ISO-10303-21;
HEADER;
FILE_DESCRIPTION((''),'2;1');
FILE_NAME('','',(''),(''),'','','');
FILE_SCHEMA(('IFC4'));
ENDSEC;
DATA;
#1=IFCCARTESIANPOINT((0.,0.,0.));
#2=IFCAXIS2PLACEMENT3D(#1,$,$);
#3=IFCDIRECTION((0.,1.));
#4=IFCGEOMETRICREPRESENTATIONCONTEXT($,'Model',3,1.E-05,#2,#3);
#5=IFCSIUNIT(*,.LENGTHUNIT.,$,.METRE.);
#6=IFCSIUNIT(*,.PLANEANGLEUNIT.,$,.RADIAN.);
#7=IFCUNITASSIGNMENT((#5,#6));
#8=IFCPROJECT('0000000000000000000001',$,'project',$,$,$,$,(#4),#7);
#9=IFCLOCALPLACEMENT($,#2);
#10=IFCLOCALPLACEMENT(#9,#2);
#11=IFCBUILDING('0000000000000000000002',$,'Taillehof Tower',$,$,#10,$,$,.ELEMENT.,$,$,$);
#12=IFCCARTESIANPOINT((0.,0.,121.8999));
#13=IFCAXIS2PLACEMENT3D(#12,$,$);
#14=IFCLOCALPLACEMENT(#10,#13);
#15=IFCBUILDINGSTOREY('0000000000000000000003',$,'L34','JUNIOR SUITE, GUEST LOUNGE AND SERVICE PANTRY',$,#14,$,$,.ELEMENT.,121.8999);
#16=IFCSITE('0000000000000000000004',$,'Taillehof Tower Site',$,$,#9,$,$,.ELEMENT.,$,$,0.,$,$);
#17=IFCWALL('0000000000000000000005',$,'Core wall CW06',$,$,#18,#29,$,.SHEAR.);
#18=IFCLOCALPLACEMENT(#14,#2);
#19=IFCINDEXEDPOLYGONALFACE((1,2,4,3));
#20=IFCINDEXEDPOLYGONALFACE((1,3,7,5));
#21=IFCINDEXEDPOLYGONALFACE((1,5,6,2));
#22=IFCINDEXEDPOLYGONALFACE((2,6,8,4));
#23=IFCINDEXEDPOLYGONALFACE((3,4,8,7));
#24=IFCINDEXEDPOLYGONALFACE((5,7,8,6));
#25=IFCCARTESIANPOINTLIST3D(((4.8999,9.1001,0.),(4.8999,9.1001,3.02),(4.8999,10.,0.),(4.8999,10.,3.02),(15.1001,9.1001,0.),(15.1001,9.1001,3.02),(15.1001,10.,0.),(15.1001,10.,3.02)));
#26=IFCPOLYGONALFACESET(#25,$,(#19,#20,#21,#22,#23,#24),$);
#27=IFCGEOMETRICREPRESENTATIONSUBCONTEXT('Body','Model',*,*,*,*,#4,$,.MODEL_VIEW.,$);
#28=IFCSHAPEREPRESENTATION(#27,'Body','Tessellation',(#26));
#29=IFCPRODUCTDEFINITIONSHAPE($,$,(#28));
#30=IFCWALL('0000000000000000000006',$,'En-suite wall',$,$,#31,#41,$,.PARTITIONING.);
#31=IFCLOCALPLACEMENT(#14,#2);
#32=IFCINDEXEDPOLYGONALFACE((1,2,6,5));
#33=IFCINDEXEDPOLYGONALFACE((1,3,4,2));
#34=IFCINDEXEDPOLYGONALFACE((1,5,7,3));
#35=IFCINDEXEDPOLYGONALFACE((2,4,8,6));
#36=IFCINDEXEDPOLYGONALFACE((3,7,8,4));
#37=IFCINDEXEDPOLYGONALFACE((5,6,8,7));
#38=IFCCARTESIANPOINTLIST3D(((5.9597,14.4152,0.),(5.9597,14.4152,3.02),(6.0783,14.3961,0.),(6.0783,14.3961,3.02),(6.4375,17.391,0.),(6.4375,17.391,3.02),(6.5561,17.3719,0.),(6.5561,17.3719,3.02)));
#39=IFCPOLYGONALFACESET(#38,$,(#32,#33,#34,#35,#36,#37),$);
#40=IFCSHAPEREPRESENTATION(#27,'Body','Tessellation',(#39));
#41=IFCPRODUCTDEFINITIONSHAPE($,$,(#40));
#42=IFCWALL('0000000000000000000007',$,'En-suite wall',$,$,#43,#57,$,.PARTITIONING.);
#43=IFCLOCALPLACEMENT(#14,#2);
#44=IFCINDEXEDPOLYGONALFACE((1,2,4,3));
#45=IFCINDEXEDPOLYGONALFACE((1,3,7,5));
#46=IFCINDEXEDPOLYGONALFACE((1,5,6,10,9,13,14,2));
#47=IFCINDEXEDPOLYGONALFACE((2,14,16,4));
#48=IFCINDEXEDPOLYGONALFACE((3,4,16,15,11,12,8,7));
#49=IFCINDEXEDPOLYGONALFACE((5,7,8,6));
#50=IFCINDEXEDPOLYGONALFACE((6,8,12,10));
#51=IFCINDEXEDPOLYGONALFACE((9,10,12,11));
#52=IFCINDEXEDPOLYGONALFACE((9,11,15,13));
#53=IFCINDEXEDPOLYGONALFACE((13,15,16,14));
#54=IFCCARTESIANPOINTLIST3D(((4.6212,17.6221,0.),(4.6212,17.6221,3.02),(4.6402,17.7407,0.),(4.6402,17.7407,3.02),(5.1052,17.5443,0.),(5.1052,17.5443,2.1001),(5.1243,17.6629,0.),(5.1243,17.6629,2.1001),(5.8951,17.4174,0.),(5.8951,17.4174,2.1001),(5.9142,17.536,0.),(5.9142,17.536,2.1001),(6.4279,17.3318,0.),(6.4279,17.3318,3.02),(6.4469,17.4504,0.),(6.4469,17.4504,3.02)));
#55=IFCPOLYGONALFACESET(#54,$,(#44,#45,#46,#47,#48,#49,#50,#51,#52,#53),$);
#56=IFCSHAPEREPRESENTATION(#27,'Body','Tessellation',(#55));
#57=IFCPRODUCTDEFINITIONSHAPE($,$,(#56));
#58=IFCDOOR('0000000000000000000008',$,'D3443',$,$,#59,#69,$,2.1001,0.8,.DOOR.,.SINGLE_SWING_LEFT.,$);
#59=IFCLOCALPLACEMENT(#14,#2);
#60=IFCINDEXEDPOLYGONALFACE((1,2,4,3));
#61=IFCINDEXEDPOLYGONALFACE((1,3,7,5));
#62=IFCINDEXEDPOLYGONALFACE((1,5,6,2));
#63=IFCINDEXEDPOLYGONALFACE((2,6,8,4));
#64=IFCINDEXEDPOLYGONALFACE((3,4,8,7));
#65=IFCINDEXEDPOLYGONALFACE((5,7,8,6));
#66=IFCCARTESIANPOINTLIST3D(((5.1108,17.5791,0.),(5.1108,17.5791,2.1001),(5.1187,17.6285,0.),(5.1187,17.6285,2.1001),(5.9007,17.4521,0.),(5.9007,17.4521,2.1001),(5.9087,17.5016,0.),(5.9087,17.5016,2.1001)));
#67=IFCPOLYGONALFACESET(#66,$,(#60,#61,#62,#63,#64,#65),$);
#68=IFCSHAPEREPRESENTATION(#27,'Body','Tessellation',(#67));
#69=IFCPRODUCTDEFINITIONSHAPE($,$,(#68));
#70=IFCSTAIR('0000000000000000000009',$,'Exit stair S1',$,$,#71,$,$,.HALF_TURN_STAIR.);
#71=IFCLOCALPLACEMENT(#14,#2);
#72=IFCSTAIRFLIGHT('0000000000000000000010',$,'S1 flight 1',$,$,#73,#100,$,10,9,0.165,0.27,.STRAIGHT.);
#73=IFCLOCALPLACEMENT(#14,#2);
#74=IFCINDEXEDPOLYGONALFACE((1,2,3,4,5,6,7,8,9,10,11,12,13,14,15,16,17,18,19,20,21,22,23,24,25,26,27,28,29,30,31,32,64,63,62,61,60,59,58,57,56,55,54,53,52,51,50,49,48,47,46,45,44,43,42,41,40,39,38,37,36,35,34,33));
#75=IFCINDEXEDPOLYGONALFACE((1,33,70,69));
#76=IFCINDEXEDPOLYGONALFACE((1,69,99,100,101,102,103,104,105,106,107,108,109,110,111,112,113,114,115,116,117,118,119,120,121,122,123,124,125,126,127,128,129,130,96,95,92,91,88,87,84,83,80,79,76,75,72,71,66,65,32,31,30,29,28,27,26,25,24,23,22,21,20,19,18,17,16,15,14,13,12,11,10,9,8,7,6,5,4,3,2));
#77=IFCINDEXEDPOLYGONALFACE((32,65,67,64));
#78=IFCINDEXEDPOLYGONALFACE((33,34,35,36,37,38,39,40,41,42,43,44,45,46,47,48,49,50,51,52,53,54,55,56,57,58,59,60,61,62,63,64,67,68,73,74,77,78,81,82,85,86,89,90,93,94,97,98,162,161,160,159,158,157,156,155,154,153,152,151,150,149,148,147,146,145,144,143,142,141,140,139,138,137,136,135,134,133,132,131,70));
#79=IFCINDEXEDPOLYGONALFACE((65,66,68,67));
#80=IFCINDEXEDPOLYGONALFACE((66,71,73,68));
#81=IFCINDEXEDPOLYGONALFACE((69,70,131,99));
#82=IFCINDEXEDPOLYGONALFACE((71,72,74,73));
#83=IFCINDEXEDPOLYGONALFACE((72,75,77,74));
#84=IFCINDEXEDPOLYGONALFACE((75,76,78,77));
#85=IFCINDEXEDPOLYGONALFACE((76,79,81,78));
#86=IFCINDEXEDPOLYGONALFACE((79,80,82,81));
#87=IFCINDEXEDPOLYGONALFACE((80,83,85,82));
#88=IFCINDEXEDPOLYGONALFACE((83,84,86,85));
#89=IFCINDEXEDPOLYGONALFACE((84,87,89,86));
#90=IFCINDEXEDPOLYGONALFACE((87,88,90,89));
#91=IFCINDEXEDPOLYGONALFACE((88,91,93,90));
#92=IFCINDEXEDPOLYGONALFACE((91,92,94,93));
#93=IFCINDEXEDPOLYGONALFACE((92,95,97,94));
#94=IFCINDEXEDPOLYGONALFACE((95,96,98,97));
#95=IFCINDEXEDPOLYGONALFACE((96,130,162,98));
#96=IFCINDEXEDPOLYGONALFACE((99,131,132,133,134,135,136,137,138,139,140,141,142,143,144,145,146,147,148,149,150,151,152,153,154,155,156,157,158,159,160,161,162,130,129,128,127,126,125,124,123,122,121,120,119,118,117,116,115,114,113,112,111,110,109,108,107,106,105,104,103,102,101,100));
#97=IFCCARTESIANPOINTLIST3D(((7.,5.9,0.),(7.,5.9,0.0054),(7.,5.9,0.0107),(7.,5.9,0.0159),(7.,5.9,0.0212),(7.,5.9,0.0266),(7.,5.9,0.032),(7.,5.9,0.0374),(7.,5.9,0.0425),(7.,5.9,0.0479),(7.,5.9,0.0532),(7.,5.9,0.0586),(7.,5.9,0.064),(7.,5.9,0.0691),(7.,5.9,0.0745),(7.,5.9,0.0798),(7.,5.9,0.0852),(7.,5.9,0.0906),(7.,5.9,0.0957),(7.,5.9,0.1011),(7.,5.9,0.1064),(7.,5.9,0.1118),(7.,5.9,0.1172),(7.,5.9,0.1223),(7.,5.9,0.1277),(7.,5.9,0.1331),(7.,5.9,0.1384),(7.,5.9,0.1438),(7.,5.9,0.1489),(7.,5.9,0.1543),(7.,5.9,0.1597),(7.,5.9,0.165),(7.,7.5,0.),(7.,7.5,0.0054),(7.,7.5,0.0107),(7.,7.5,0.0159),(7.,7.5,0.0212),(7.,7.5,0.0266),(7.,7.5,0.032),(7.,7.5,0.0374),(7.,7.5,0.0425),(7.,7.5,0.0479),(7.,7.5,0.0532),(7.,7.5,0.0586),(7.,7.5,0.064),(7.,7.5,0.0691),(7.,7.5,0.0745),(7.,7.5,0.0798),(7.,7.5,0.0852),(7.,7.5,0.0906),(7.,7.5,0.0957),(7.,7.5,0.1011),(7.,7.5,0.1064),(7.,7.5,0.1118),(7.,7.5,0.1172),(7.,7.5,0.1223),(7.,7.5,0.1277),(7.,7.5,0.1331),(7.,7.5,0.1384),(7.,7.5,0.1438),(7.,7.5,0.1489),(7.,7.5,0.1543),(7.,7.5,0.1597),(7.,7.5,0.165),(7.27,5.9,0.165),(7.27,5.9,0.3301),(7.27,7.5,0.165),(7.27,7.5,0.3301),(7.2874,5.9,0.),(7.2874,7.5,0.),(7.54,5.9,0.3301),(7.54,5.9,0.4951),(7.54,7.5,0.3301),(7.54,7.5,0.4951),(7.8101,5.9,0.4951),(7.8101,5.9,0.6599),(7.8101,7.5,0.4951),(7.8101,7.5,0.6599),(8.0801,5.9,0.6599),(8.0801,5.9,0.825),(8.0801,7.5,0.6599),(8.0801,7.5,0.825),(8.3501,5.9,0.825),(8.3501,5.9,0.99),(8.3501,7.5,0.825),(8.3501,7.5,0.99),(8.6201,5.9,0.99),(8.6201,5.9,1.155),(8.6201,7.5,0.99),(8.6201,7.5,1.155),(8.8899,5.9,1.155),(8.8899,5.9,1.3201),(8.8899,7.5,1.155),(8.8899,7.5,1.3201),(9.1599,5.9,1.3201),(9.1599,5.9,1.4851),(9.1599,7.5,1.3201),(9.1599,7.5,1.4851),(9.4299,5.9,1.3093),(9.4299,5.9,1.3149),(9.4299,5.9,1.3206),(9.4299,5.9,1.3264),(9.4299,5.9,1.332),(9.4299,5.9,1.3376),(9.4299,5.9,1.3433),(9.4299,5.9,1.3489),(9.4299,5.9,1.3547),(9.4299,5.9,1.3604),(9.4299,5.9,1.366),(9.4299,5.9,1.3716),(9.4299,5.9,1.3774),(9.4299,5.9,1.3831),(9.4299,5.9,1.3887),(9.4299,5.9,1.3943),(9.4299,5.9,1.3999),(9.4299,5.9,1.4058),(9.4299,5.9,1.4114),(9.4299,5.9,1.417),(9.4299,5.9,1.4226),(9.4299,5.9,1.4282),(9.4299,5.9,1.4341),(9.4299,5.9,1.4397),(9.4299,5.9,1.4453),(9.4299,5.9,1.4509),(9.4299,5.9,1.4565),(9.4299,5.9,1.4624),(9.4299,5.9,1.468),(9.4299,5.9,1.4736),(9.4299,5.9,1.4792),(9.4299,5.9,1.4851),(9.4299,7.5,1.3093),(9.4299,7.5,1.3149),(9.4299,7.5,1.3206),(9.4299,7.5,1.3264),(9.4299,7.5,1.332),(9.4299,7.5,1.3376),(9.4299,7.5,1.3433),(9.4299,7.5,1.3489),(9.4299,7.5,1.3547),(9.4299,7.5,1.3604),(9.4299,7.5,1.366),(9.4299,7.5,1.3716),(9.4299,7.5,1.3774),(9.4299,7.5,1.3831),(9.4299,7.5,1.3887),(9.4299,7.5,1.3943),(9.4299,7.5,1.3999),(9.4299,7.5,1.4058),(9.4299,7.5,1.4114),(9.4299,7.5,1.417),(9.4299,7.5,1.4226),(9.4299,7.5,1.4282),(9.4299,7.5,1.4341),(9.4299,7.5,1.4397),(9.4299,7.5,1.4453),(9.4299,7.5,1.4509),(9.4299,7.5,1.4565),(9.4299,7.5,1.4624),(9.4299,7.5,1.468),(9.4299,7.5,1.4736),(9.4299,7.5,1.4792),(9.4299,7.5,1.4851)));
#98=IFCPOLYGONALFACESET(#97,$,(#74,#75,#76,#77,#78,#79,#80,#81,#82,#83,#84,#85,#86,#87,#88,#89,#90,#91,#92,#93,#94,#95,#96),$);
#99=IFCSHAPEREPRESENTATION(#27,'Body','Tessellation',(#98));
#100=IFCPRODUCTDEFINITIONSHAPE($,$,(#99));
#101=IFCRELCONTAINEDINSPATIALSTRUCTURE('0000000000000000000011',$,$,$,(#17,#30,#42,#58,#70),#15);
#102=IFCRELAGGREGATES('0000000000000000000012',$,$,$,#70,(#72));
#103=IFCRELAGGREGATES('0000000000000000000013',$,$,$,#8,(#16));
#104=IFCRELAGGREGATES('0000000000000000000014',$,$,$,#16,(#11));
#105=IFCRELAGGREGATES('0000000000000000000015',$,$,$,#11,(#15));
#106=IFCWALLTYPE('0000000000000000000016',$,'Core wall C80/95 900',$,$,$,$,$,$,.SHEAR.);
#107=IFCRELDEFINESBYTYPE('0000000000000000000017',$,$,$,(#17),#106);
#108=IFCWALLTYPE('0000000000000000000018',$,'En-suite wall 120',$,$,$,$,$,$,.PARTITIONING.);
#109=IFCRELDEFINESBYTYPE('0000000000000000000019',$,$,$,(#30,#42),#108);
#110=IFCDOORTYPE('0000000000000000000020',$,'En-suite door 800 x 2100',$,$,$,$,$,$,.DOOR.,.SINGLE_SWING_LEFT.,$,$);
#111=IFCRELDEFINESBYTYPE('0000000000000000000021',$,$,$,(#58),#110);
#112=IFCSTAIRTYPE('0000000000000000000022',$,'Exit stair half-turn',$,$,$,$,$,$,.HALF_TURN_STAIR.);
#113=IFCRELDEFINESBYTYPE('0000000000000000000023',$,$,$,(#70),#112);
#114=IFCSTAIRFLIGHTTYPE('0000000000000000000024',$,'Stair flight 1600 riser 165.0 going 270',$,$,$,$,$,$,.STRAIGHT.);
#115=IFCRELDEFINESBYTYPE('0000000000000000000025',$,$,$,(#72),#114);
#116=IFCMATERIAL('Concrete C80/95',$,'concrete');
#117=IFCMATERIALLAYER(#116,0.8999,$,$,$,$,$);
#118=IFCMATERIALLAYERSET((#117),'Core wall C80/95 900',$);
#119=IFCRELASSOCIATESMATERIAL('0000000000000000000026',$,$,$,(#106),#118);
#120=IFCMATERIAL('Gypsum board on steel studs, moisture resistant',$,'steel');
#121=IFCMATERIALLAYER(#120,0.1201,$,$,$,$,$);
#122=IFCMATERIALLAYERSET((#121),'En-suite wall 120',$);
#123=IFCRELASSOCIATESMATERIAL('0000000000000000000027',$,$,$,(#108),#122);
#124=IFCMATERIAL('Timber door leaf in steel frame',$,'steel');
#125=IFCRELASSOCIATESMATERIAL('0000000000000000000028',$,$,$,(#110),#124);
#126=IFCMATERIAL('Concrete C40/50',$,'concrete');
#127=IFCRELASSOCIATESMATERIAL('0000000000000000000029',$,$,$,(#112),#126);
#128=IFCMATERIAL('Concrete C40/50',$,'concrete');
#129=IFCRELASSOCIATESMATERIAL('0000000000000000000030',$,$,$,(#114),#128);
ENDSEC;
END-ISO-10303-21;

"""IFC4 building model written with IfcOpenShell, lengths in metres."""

from ifc_helpers import new_model, si_unit, direction, frame, frame_2d, origin, place, context, subcontext, project, spatial, polyline, rectangle, outline, extrude, material, layer, layer_set, type_object, element, fill, aggregate, save


model = new_model("IFC4")

# Units and contexts
model_context = context("Model", 3, precision=1e-05, world=origin(), true_north=direction((0.0, 1.0)))
body_context = subcontext(model_context, "Body", "Model", "MODEL_VIEW")
ifc_project = project(units=[si_unit("LENGTHUNIT", "METRE"), si_unit("PLANEANGLEUNIT", "RADIAN")], contexts=[model_context])

# Site, building, storey
site_placement = place(None, origin())
site = spatial("IfcSite", under=ifc_project, at=site_placement, Name="Taillehof Tower Site", CompositionType="ELEMENT", RefElevation=0.0)
building_placement = place(site_placement, origin())
building = spatial("IfcBuilding", under=site, at=building_placement, Name="Taillehof Tower", CompositionType="ELEMENT")
storey_placement = place(building_placement, frame((0.0, 0.0, 121.8999)))
storey = spatial("IfcBuildingStorey", under=building, at=storey_placement, Name="L34", Description="JUNIOR SUITE, GUEST LOUNGE AND SERVICE PANTRY", CompositionType="ELEMENT", Elevation=121.8999)

# Walls
ifc_material_1 = material(Name="Concrete C80/95", Category="concrete")
ifc_layer_1 = layer(ifc_material_1, 0.8999)
ifc_layer_set_1 = layer_set([ifc_layer_1], Name="Core wall C80/95 900")
wall_type_1 = type_object("IfcWallType", Name="Core wall C80/95 900", PredefinedType="SHEAR", material=ifc_layer_set_1)
wall_1_placement = place(storey_placement, frame((4.8999, 9.55, 0.0), z_axis=(0.0, 0.0, 1.0), x_axis=(1.0, 0.0, 0.0)))
element("IfcWall", 1, at=wall_1_placement, inside=storey, type_object=wall_type_1, Name="Core wall CW06", PredefinedType="SHEAR", context=body_context, shape_type="SweptSolid", body=[
    extrude(rectangle(XDim=10.2002, YDim=0.8999, at=frame_2d((5.1001, 0.0))), origin(), (0.0, 0.0, 1.0), 3.02),
])
ifc_material_2 = material(Name="Gypsum board on steel studs, moisture resistant", Category="steel")
ifc_layer_2 = layer(ifc_material_2, 0.1201)
ifc_layer_set_2 = layer_set([ifc_layer_2], Name="En-suite wall 120")
wall_type_2 = type_object("IfcWallType", Name="En-suite wall 120", PredefinedType="PARTITIONING", material=ifc_layer_set_2)
wall_2_placement = place(storey_placement, frame((6.019, 14.4058, 0.0), z_axis=(0.0, 0.0, 1.0), x_axis=(0.158524, 0.987355, 0.0)))
element("IfcWall", 2, at=wall_2_placement, inside=storey, type_object=wall_type_2, Name="En-suite wall", PredefinedType="PARTITIONING", context=body_context, shape_type="SweptSolid", body=[
    extrude(rectangle(XDim=3.0139, YDim=0.1201, at=frame_2d((1.5068, 0.0))), origin(), (0.0, 0.0, 1.0), 3.02),
])

# Wall, opening, door
wall_3_placement = place(storey_placement, frame((6.4375, 17.3911, 0.0), z_axis=(0.0, 0.0, 1.0), x_axis=(-0.987336, 0.158641, 0.0)))
wall_3 = element("IfcWall", 3, at=wall_3_placement, inside=storey, type_object=wall_type_2, Name="En-suite wall", PredefinedType="PARTITIONING", context=body_context, shape_type="SweptSolid", body=[
    extrude(rectangle(XDim=1.8298, YDim=0.1201, at=frame_2d((0.915, 0.0))), origin(), (0.0, 0.0, 1.0), 3.02),
])
opening_1_placement = place(wall_3_placement, frame((0.5398, 0.0, 0.0)))
opening_1 = element("IfcOpeningElement", 4, at=opening_1_placement, cuts=wall_3, PredefinedType="OPENING", context=body_context, shape_type="SweptSolid", body=[
    extrude(rectangle(XDim=0.8, YDim=2.1001, at=frame_2d((0.3999, 1.05))), frame((0.0, 0.0701, 0.0), z_axis=(0.0, -1.0, 0.0), x_axis=(1.0, 0.0, 0.0)), (0.0, 0.0, 1.0), 0.1401),
])
ifc_material_3 = material(Name="Timber door leaf in steel frame", Category="steel")
door_type_1 = type_object("IfcDoorType", Name="En-suite door 800 x 2100", OperationType="SINGLE_SWING_LEFT", PredefinedType="DOOR", material=ifc_material_3)
door_1_placement = place(opening_1_placement, origin())
door_1 = element("IfcDoor", 5, at=door_1_placement, inside=storey, type_object=door_type_1, Name="D3443", OperationType="SINGLE_SWING_LEFT", OverallHeight=2.1001, OverallWidth=0.8, PredefinedType="DOOR", context=body_context, shape_type="SweptSolid", body=[
    extrude(rectangle(XDim=0.8, YDim=2.1001, at=frame_2d((0.3999, 1.05))), frame((0.0, 0.0249, 0.0), z_axis=(0.0, -1.0, 0.0), x_axis=(1.0, 0.0, 0.0)), (0.0, 0.0, 1.0), 0.05),
])
fill(opening_1, door_1)

# Stair, stair flight
ifc_material_4 = material(Name="Concrete C40/50", Category="concrete")
stair_type = type_object("IfcStairType", Name="Exit stair half-turn", PredefinedType="HALF_TURN_STAIR", material=ifc_material_4)
stair_placement = place(storey_placement, origin())
stair = element("IfcStair", 6, at=stair_placement, inside=storey, type_object=stair_type, Name="Exit stair S1", PredefinedType="HALF_TURN_STAIR")
ifc_material_5 = material(Name="Concrete C40/50", Category="concrete")
stair_flight_type = type_object("IfcStairFlightType", Name="Stair flight 1600 riser 165.0 going 270", PredefinedType="STRAIGHT", material=ifc_material_5)
stair_flight_placement = place(storey_placement, frame((7.0, 6.7, 0.0), z_axis=(0.0, 0.0, 1.0), x_axis=(1.0, 0.0, 0.0)))
stair_flight = element("IfcStairFlight", 7, at=stair_flight_placement, type_object=stair_flight_type, Name="S1 flight 1", NumberOfRisers=10, NumberOfTreads=9, PredefinedType="STRAIGHT", RiserHeight=0.165, TreadLength=0.27, context=body_context, shape_type="SweptSolid", body=[
    extrude(outline(polyline([(0.0, 0.0), (0.0, 0.0054), (0.0, 0.0107), (0.0, 0.0159), (0.0, 0.0212), (0.0, 0.0266), (0.0, 0.032), (0.0, 0.0374), (0.0, 0.0425), (0.0, 0.0479), (0.0, 0.0532), (0.0, 0.0586), (0.0, 0.064), (0.0, 0.0691), (0.0, 0.0745), (0.0, 0.0798), (0.0, 0.0852), (0.0, 0.0906), (0.0, 0.0957), (0.0, 0.1011), (0.0, 0.1064), (0.0, 0.1118), (0.0, 0.1172), (0.0, 0.1223), (0.0, 0.1277), (0.0, 0.1331), (0.0, 0.1384), (0.0, 0.1438), (0.0, 0.1489), (0.0, 0.1543), (0.0, 0.1597), (0.0, 0.165), (0.27, 0.165), (0.27, 0.3301), (0.54, 0.3301), (0.54, 0.4951), (0.8101, 0.4951), (0.8101, 0.6599), (1.0801, 0.6599), (1.0801, 0.825), (1.3501, 0.825), (1.3501, 0.99), (1.6201, 0.99), (1.6201, 1.155), (1.8899, 1.155), (1.8899, 1.3201), (2.1599, 1.3201), (2.1599, 1.4851), (2.4299, 1.4851), (2.4299, 1.4792), (2.4299, 1.4736), (2.4299, 1.468), (2.4299, 1.4624), (2.4299, 1.4565), (2.4299, 1.4509), (2.4299, 1.4453), (2.4299, 1.4397), (2.4299, 1.4341), (2.4299, 1.4282), (2.4299, 1.4226), (2.4299, 1.417), (2.4299, 1.4114), (2.4299, 1.4058), (2.4299, 1.3999), (2.4299, 1.3943), (2.4299, 1.3887), (2.4299, 1.3831), (2.4299, 1.3774), (2.4299, 1.3716), (2.4299, 1.366), (2.4299, 1.3604), (2.4299, 1.3547), (2.4299, 1.3489), (2.4299, 1.3433), (2.4299, 1.3376), (2.4299, 1.332), (2.4299, 1.3264), (2.4299, 1.3206), (2.4299, 1.3149), (2.4299, 1.3093), (0.2874, 0.0), (0.0, 0.0)])), frame((0.0, 0.8, 0.0), z_axis=(0.0, -1.0, 0.0), x_axis=(1.0, 0.0, 0.0)), (0.0, 0.0, 1.0), 1.6),
])
aggregate(stair, [stair_flight])

save(model, "model.ifc")
